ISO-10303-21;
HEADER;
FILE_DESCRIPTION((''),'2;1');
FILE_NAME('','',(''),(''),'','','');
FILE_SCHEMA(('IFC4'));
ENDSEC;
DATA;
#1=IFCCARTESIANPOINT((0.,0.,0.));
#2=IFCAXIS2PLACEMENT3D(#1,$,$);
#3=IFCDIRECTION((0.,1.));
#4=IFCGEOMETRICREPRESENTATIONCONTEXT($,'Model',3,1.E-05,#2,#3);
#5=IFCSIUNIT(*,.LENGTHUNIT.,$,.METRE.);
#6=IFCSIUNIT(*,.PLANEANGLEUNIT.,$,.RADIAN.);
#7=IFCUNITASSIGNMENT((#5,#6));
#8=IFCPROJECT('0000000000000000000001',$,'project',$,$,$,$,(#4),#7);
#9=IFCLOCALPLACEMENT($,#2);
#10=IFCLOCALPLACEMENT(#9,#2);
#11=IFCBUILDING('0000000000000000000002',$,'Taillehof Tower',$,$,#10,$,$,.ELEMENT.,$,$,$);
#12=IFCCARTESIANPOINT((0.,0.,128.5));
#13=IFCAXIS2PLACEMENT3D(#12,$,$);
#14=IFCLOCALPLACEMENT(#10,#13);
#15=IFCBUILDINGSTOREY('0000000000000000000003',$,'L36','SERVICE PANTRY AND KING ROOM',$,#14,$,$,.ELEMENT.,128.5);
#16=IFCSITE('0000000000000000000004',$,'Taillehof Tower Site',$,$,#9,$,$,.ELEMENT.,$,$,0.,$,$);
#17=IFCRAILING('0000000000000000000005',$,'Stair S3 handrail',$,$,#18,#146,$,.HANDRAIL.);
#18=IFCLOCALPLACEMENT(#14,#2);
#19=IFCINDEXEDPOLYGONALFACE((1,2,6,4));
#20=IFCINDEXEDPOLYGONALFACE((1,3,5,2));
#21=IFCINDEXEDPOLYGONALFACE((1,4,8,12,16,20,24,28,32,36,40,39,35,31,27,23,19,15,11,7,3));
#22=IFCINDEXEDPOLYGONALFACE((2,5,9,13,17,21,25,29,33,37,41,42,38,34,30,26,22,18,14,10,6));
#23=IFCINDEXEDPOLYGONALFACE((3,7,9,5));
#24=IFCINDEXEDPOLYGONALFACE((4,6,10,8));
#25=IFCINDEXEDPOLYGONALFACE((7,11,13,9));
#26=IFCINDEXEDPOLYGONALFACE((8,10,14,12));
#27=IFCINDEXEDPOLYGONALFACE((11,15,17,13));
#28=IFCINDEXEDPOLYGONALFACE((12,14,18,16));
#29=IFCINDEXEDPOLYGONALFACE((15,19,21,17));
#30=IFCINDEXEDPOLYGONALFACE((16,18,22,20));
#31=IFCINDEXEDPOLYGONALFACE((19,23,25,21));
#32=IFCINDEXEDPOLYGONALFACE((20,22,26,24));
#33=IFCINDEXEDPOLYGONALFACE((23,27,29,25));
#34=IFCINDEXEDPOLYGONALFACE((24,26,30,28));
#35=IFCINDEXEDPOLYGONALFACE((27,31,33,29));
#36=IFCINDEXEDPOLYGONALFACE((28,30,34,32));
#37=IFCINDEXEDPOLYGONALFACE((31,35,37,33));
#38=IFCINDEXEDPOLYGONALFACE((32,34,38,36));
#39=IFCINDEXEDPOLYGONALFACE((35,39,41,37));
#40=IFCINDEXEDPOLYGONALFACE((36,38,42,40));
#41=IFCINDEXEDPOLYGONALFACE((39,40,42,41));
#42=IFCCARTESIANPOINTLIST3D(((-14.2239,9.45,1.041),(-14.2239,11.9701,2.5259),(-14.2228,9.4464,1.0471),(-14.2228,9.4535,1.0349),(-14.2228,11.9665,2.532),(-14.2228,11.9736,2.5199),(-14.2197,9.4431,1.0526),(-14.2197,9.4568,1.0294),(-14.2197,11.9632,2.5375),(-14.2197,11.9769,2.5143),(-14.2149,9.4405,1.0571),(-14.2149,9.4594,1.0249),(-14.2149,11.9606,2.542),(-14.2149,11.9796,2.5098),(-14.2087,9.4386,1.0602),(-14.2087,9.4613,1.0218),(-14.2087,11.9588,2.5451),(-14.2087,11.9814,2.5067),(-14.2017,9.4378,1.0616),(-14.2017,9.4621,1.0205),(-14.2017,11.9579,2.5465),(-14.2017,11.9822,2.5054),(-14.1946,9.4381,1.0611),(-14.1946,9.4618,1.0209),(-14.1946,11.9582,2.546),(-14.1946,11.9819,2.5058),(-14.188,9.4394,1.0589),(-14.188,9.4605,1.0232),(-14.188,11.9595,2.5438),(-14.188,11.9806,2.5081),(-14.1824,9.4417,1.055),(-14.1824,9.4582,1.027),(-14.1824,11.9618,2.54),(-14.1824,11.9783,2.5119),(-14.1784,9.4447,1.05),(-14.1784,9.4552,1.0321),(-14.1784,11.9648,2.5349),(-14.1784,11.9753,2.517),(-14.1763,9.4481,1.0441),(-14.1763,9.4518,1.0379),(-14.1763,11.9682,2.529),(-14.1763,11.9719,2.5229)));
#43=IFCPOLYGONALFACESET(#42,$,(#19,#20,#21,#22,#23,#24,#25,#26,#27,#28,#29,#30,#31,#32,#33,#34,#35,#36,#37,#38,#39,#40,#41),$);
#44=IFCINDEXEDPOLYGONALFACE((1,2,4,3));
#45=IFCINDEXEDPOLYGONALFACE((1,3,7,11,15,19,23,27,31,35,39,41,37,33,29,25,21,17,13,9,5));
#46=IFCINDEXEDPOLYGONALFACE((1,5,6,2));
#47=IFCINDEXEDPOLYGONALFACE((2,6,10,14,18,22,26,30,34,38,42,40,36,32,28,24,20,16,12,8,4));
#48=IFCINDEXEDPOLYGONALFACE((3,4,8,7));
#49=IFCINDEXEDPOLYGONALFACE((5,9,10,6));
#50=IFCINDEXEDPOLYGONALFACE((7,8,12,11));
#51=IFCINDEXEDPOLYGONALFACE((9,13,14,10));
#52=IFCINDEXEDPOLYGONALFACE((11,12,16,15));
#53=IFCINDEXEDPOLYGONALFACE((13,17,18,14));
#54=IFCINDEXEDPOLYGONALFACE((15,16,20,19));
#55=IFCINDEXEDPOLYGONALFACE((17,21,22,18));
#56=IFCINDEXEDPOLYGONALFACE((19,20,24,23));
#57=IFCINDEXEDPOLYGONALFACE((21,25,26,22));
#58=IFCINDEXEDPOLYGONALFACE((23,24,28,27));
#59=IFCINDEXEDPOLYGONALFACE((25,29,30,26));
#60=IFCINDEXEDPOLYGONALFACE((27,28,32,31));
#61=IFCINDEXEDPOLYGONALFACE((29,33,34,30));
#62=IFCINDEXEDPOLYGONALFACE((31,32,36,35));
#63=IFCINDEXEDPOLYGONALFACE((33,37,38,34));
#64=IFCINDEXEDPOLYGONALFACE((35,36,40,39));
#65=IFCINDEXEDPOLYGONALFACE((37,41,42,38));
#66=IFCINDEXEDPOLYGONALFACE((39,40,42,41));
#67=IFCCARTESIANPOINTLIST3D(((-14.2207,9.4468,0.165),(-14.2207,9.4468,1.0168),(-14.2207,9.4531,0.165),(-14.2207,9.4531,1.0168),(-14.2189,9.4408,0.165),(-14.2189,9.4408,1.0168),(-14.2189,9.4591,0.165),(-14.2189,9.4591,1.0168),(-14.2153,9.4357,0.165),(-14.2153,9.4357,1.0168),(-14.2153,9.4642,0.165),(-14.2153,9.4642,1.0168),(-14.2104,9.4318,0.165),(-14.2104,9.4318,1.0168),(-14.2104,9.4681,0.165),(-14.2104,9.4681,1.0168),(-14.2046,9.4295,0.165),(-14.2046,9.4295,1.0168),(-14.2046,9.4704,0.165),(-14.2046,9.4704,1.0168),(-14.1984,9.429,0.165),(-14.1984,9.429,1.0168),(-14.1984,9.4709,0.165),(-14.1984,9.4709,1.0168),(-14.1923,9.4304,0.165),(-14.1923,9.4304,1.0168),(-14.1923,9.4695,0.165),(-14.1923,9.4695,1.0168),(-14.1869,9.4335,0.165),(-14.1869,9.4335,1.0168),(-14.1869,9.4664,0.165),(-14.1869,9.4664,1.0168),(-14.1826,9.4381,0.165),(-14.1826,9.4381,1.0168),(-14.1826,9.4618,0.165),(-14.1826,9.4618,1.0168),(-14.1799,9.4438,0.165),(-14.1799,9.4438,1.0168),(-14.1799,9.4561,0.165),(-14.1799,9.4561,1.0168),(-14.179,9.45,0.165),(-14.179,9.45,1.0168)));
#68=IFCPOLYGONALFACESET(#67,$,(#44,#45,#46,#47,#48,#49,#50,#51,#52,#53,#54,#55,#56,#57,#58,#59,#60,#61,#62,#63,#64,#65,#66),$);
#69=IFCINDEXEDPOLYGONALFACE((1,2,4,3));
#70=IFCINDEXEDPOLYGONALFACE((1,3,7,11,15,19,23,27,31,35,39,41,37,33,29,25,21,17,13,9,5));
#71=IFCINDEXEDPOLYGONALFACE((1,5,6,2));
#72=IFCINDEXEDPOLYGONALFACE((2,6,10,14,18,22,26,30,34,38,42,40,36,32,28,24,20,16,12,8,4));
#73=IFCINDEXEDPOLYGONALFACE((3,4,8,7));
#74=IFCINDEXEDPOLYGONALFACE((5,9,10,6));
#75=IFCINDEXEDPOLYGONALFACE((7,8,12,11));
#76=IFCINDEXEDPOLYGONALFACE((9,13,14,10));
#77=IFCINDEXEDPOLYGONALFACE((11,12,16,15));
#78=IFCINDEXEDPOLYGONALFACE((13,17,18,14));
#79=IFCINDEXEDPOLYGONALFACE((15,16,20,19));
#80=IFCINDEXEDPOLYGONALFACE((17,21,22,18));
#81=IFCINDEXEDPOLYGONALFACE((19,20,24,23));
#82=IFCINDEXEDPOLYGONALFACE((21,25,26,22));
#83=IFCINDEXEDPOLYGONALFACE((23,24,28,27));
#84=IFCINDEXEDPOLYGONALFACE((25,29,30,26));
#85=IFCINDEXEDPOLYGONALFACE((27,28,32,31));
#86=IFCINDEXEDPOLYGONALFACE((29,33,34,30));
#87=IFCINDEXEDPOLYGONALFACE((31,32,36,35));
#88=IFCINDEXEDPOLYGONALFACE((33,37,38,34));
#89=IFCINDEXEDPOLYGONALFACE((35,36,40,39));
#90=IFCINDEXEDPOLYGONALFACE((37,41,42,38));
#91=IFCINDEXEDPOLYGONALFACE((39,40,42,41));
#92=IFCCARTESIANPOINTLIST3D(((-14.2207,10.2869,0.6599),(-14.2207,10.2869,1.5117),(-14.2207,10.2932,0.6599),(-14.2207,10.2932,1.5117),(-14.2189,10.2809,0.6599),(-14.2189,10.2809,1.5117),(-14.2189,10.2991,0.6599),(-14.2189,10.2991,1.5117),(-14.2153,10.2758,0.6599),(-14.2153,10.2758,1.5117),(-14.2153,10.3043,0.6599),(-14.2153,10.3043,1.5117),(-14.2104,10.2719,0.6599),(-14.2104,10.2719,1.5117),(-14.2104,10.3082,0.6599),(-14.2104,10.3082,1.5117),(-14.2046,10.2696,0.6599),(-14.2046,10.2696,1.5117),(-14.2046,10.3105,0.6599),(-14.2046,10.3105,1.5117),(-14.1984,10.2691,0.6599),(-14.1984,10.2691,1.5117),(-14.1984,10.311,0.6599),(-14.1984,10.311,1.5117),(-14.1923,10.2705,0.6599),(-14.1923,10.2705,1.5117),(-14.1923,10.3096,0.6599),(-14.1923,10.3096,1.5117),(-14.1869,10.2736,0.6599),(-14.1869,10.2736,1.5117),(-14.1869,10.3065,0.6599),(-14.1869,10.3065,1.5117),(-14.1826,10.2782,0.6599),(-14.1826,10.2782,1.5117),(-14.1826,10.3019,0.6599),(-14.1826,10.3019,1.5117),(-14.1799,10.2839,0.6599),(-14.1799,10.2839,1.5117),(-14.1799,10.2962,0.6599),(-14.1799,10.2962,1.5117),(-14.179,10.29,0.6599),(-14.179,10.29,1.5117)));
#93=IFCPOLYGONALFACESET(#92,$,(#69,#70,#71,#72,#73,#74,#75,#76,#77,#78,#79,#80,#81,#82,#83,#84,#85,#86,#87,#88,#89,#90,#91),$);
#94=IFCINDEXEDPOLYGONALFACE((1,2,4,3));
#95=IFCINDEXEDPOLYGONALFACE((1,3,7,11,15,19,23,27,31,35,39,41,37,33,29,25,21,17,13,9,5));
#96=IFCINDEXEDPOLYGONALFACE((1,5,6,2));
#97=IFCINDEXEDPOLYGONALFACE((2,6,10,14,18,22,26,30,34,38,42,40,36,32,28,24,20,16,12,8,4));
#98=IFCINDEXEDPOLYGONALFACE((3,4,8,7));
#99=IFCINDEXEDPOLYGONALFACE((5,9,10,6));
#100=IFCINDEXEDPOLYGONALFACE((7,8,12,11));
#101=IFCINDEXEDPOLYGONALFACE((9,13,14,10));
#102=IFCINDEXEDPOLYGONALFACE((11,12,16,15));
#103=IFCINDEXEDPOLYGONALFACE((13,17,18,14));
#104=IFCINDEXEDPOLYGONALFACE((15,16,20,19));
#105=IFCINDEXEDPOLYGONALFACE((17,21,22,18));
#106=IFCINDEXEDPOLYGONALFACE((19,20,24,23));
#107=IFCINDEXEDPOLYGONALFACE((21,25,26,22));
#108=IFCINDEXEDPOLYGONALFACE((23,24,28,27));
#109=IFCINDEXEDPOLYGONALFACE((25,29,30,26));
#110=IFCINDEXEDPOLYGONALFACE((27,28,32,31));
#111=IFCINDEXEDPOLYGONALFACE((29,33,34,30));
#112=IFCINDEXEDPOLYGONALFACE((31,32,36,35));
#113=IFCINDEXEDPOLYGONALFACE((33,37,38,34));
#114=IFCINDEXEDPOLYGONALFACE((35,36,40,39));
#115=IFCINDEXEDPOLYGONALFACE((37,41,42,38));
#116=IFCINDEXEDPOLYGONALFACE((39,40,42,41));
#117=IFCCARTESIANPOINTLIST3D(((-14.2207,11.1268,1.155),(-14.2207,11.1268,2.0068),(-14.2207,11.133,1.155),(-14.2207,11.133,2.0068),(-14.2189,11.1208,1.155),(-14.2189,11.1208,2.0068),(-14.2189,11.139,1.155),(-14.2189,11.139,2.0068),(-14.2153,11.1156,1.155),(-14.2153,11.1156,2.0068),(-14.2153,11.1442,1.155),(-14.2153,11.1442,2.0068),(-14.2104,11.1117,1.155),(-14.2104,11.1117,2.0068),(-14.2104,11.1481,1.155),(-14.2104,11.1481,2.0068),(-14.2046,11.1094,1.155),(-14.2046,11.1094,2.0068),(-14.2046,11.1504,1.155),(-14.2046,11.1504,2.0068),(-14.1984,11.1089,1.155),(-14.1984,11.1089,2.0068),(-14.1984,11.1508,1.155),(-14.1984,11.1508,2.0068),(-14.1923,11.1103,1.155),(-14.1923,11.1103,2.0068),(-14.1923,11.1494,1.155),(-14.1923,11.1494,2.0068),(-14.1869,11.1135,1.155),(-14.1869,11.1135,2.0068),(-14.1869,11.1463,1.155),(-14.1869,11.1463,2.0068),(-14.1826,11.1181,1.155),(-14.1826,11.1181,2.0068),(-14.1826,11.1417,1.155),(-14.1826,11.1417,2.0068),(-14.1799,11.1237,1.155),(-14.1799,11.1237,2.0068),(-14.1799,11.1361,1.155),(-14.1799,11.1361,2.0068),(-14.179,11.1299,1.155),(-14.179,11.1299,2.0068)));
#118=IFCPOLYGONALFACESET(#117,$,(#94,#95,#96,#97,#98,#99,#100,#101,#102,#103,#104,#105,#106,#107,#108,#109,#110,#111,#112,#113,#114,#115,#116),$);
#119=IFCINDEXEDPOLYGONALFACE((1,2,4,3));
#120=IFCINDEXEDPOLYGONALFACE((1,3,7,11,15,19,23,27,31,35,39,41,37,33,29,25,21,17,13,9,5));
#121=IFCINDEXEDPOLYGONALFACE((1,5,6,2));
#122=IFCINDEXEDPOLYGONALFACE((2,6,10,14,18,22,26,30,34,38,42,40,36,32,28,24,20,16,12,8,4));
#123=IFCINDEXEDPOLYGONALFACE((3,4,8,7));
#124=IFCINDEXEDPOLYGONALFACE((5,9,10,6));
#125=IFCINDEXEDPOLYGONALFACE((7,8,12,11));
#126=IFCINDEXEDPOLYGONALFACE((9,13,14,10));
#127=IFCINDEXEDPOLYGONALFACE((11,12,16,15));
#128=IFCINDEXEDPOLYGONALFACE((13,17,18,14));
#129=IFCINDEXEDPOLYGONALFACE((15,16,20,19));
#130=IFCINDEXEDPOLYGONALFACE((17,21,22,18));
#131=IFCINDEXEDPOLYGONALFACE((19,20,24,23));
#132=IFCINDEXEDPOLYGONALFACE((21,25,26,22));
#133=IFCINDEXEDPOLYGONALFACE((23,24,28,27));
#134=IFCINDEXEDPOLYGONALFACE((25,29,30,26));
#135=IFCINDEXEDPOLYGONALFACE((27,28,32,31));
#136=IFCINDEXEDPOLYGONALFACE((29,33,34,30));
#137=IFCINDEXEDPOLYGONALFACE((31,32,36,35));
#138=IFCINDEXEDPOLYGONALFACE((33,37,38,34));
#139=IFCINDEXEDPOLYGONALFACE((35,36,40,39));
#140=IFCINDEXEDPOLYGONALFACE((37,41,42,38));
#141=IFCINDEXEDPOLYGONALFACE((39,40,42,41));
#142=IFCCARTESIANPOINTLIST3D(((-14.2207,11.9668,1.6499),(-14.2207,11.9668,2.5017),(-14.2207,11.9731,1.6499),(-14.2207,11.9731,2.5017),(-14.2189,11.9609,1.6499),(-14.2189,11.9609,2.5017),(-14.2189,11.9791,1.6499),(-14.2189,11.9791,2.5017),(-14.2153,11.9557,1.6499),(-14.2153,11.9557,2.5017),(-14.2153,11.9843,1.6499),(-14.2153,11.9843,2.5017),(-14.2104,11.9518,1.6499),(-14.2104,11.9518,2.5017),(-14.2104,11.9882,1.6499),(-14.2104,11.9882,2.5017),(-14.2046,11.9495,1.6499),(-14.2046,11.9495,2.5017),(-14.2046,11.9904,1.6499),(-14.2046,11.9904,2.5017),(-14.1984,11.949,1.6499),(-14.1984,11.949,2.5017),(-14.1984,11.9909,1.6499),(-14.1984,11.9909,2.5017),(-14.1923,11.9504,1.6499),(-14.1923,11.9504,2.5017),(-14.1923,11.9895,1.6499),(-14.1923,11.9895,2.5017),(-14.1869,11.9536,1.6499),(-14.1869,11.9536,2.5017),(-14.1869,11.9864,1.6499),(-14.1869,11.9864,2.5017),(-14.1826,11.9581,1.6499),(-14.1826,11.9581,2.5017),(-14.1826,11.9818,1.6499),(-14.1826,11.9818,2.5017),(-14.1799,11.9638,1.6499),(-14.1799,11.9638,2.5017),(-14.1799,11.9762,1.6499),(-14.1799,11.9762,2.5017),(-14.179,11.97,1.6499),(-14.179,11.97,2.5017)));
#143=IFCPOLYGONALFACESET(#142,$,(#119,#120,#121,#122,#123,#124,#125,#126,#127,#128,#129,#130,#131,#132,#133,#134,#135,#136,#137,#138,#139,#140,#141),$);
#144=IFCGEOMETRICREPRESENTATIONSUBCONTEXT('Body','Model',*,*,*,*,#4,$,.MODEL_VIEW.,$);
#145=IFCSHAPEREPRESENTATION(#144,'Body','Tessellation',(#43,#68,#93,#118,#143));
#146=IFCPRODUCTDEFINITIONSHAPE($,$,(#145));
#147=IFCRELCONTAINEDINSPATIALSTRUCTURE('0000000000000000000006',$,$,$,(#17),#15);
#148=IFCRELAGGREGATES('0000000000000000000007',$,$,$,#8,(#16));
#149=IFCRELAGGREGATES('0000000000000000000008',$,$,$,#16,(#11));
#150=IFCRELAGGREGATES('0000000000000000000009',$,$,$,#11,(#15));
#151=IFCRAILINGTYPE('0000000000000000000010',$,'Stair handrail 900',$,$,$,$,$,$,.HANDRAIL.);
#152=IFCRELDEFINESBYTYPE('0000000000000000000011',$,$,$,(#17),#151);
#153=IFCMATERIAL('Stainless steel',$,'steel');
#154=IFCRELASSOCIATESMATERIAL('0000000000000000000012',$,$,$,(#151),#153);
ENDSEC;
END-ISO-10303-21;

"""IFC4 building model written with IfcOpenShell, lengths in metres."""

from ifc_helpers import new_model, si_unit, direction, frame, origin, origin_2d, place, context, subcontext, project, spatial, circle, extrude, material, type_object, element, save


model = new_model("IFC4")

# Units and contexts
model_context = context("Model", 3, precision=1e-05, world=origin(), true_north=direction((0.0, 1.0)))
body_context = subcontext(model_context, "Body", "Model", "MODEL_VIEW")
ifc_project = project(units=[si_unit("LENGTHUNIT", "METRE"), si_unit("PLANEANGLEUNIT", "RADIAN")], contexts=[model_context])

# Site, building, storey
site_placement = place(None, origin())
site = spatial("IfcSite", under=ifc_project, at=site_placement, Name="Taillehof Tower Site", CompositionType="ELEMENT", RefElevation=0.0)
building_placement = place(site_placement, origin())
building = spatial("IfcBuilding", under=site, at=building_placement, Name="Taillehof Tower", CompositionType="ELEMENT")
storey_placement = place(building_placement, frame((0.0, 0.0, 128.5)))
storey = spatial("IfcBuildingStorey", under=building, at=storey_placement, Name="L36", Description="SERVICE PANTRY AND KING ROOM", CompositionType="ELEMENT", Elevation=128.5)

# Railing
ifc_material_1 = material(Name="Stainless steel", Category="steel")
railing_type = type_object("IfcRailingType", Name="Stair handrail 900", PredefinedType="HANDRAIL", material=ifc_material_1)
railing_placement = place(storey_placement, frame((-14.2, 9.45, 0.165)))
element("IfcRailing", 1, at=railing_placement, inside=storey, type_object=railing_type, Name="Stair S3 handrail", PredefinedType="HANDRAIL", context=body_context, shape_type="SweptSolid", body=[
    extrude(circle(Radius=0.0239, at=origin_2d()), frame((0.0, 0.0, 0.876), z_axis=(0.0, 0.861561, 0.507655), x_axis=(-1.0, 0.0, 0.0)), (0.0, 0.0, 1.0), 2.925),
    extrude(circle(Radius=0.021, at=origin_2d()), origin(), (0.0, 0.0, 1.0), 0.8518),
    extrude(circle(Radius=0.021, at=origin_2d()), frame((0.0, 0.8401, 0.4949)), (0.0, 0.0, 1.0), 0.8518),
    extrude(circle(Radius=0.021, at=origin_2d()), frame((0.0, 1.6799, 0.99)), (0.0, 0.0, 1.0), 0.8518),
    extrude(circle(Radius=0.021, at=origin_2d()), frame((0.0, 2.52, 1.4849)), (0.0, 0.0, 1.0), 0.8518),
])

save(model, "model.ifc")
